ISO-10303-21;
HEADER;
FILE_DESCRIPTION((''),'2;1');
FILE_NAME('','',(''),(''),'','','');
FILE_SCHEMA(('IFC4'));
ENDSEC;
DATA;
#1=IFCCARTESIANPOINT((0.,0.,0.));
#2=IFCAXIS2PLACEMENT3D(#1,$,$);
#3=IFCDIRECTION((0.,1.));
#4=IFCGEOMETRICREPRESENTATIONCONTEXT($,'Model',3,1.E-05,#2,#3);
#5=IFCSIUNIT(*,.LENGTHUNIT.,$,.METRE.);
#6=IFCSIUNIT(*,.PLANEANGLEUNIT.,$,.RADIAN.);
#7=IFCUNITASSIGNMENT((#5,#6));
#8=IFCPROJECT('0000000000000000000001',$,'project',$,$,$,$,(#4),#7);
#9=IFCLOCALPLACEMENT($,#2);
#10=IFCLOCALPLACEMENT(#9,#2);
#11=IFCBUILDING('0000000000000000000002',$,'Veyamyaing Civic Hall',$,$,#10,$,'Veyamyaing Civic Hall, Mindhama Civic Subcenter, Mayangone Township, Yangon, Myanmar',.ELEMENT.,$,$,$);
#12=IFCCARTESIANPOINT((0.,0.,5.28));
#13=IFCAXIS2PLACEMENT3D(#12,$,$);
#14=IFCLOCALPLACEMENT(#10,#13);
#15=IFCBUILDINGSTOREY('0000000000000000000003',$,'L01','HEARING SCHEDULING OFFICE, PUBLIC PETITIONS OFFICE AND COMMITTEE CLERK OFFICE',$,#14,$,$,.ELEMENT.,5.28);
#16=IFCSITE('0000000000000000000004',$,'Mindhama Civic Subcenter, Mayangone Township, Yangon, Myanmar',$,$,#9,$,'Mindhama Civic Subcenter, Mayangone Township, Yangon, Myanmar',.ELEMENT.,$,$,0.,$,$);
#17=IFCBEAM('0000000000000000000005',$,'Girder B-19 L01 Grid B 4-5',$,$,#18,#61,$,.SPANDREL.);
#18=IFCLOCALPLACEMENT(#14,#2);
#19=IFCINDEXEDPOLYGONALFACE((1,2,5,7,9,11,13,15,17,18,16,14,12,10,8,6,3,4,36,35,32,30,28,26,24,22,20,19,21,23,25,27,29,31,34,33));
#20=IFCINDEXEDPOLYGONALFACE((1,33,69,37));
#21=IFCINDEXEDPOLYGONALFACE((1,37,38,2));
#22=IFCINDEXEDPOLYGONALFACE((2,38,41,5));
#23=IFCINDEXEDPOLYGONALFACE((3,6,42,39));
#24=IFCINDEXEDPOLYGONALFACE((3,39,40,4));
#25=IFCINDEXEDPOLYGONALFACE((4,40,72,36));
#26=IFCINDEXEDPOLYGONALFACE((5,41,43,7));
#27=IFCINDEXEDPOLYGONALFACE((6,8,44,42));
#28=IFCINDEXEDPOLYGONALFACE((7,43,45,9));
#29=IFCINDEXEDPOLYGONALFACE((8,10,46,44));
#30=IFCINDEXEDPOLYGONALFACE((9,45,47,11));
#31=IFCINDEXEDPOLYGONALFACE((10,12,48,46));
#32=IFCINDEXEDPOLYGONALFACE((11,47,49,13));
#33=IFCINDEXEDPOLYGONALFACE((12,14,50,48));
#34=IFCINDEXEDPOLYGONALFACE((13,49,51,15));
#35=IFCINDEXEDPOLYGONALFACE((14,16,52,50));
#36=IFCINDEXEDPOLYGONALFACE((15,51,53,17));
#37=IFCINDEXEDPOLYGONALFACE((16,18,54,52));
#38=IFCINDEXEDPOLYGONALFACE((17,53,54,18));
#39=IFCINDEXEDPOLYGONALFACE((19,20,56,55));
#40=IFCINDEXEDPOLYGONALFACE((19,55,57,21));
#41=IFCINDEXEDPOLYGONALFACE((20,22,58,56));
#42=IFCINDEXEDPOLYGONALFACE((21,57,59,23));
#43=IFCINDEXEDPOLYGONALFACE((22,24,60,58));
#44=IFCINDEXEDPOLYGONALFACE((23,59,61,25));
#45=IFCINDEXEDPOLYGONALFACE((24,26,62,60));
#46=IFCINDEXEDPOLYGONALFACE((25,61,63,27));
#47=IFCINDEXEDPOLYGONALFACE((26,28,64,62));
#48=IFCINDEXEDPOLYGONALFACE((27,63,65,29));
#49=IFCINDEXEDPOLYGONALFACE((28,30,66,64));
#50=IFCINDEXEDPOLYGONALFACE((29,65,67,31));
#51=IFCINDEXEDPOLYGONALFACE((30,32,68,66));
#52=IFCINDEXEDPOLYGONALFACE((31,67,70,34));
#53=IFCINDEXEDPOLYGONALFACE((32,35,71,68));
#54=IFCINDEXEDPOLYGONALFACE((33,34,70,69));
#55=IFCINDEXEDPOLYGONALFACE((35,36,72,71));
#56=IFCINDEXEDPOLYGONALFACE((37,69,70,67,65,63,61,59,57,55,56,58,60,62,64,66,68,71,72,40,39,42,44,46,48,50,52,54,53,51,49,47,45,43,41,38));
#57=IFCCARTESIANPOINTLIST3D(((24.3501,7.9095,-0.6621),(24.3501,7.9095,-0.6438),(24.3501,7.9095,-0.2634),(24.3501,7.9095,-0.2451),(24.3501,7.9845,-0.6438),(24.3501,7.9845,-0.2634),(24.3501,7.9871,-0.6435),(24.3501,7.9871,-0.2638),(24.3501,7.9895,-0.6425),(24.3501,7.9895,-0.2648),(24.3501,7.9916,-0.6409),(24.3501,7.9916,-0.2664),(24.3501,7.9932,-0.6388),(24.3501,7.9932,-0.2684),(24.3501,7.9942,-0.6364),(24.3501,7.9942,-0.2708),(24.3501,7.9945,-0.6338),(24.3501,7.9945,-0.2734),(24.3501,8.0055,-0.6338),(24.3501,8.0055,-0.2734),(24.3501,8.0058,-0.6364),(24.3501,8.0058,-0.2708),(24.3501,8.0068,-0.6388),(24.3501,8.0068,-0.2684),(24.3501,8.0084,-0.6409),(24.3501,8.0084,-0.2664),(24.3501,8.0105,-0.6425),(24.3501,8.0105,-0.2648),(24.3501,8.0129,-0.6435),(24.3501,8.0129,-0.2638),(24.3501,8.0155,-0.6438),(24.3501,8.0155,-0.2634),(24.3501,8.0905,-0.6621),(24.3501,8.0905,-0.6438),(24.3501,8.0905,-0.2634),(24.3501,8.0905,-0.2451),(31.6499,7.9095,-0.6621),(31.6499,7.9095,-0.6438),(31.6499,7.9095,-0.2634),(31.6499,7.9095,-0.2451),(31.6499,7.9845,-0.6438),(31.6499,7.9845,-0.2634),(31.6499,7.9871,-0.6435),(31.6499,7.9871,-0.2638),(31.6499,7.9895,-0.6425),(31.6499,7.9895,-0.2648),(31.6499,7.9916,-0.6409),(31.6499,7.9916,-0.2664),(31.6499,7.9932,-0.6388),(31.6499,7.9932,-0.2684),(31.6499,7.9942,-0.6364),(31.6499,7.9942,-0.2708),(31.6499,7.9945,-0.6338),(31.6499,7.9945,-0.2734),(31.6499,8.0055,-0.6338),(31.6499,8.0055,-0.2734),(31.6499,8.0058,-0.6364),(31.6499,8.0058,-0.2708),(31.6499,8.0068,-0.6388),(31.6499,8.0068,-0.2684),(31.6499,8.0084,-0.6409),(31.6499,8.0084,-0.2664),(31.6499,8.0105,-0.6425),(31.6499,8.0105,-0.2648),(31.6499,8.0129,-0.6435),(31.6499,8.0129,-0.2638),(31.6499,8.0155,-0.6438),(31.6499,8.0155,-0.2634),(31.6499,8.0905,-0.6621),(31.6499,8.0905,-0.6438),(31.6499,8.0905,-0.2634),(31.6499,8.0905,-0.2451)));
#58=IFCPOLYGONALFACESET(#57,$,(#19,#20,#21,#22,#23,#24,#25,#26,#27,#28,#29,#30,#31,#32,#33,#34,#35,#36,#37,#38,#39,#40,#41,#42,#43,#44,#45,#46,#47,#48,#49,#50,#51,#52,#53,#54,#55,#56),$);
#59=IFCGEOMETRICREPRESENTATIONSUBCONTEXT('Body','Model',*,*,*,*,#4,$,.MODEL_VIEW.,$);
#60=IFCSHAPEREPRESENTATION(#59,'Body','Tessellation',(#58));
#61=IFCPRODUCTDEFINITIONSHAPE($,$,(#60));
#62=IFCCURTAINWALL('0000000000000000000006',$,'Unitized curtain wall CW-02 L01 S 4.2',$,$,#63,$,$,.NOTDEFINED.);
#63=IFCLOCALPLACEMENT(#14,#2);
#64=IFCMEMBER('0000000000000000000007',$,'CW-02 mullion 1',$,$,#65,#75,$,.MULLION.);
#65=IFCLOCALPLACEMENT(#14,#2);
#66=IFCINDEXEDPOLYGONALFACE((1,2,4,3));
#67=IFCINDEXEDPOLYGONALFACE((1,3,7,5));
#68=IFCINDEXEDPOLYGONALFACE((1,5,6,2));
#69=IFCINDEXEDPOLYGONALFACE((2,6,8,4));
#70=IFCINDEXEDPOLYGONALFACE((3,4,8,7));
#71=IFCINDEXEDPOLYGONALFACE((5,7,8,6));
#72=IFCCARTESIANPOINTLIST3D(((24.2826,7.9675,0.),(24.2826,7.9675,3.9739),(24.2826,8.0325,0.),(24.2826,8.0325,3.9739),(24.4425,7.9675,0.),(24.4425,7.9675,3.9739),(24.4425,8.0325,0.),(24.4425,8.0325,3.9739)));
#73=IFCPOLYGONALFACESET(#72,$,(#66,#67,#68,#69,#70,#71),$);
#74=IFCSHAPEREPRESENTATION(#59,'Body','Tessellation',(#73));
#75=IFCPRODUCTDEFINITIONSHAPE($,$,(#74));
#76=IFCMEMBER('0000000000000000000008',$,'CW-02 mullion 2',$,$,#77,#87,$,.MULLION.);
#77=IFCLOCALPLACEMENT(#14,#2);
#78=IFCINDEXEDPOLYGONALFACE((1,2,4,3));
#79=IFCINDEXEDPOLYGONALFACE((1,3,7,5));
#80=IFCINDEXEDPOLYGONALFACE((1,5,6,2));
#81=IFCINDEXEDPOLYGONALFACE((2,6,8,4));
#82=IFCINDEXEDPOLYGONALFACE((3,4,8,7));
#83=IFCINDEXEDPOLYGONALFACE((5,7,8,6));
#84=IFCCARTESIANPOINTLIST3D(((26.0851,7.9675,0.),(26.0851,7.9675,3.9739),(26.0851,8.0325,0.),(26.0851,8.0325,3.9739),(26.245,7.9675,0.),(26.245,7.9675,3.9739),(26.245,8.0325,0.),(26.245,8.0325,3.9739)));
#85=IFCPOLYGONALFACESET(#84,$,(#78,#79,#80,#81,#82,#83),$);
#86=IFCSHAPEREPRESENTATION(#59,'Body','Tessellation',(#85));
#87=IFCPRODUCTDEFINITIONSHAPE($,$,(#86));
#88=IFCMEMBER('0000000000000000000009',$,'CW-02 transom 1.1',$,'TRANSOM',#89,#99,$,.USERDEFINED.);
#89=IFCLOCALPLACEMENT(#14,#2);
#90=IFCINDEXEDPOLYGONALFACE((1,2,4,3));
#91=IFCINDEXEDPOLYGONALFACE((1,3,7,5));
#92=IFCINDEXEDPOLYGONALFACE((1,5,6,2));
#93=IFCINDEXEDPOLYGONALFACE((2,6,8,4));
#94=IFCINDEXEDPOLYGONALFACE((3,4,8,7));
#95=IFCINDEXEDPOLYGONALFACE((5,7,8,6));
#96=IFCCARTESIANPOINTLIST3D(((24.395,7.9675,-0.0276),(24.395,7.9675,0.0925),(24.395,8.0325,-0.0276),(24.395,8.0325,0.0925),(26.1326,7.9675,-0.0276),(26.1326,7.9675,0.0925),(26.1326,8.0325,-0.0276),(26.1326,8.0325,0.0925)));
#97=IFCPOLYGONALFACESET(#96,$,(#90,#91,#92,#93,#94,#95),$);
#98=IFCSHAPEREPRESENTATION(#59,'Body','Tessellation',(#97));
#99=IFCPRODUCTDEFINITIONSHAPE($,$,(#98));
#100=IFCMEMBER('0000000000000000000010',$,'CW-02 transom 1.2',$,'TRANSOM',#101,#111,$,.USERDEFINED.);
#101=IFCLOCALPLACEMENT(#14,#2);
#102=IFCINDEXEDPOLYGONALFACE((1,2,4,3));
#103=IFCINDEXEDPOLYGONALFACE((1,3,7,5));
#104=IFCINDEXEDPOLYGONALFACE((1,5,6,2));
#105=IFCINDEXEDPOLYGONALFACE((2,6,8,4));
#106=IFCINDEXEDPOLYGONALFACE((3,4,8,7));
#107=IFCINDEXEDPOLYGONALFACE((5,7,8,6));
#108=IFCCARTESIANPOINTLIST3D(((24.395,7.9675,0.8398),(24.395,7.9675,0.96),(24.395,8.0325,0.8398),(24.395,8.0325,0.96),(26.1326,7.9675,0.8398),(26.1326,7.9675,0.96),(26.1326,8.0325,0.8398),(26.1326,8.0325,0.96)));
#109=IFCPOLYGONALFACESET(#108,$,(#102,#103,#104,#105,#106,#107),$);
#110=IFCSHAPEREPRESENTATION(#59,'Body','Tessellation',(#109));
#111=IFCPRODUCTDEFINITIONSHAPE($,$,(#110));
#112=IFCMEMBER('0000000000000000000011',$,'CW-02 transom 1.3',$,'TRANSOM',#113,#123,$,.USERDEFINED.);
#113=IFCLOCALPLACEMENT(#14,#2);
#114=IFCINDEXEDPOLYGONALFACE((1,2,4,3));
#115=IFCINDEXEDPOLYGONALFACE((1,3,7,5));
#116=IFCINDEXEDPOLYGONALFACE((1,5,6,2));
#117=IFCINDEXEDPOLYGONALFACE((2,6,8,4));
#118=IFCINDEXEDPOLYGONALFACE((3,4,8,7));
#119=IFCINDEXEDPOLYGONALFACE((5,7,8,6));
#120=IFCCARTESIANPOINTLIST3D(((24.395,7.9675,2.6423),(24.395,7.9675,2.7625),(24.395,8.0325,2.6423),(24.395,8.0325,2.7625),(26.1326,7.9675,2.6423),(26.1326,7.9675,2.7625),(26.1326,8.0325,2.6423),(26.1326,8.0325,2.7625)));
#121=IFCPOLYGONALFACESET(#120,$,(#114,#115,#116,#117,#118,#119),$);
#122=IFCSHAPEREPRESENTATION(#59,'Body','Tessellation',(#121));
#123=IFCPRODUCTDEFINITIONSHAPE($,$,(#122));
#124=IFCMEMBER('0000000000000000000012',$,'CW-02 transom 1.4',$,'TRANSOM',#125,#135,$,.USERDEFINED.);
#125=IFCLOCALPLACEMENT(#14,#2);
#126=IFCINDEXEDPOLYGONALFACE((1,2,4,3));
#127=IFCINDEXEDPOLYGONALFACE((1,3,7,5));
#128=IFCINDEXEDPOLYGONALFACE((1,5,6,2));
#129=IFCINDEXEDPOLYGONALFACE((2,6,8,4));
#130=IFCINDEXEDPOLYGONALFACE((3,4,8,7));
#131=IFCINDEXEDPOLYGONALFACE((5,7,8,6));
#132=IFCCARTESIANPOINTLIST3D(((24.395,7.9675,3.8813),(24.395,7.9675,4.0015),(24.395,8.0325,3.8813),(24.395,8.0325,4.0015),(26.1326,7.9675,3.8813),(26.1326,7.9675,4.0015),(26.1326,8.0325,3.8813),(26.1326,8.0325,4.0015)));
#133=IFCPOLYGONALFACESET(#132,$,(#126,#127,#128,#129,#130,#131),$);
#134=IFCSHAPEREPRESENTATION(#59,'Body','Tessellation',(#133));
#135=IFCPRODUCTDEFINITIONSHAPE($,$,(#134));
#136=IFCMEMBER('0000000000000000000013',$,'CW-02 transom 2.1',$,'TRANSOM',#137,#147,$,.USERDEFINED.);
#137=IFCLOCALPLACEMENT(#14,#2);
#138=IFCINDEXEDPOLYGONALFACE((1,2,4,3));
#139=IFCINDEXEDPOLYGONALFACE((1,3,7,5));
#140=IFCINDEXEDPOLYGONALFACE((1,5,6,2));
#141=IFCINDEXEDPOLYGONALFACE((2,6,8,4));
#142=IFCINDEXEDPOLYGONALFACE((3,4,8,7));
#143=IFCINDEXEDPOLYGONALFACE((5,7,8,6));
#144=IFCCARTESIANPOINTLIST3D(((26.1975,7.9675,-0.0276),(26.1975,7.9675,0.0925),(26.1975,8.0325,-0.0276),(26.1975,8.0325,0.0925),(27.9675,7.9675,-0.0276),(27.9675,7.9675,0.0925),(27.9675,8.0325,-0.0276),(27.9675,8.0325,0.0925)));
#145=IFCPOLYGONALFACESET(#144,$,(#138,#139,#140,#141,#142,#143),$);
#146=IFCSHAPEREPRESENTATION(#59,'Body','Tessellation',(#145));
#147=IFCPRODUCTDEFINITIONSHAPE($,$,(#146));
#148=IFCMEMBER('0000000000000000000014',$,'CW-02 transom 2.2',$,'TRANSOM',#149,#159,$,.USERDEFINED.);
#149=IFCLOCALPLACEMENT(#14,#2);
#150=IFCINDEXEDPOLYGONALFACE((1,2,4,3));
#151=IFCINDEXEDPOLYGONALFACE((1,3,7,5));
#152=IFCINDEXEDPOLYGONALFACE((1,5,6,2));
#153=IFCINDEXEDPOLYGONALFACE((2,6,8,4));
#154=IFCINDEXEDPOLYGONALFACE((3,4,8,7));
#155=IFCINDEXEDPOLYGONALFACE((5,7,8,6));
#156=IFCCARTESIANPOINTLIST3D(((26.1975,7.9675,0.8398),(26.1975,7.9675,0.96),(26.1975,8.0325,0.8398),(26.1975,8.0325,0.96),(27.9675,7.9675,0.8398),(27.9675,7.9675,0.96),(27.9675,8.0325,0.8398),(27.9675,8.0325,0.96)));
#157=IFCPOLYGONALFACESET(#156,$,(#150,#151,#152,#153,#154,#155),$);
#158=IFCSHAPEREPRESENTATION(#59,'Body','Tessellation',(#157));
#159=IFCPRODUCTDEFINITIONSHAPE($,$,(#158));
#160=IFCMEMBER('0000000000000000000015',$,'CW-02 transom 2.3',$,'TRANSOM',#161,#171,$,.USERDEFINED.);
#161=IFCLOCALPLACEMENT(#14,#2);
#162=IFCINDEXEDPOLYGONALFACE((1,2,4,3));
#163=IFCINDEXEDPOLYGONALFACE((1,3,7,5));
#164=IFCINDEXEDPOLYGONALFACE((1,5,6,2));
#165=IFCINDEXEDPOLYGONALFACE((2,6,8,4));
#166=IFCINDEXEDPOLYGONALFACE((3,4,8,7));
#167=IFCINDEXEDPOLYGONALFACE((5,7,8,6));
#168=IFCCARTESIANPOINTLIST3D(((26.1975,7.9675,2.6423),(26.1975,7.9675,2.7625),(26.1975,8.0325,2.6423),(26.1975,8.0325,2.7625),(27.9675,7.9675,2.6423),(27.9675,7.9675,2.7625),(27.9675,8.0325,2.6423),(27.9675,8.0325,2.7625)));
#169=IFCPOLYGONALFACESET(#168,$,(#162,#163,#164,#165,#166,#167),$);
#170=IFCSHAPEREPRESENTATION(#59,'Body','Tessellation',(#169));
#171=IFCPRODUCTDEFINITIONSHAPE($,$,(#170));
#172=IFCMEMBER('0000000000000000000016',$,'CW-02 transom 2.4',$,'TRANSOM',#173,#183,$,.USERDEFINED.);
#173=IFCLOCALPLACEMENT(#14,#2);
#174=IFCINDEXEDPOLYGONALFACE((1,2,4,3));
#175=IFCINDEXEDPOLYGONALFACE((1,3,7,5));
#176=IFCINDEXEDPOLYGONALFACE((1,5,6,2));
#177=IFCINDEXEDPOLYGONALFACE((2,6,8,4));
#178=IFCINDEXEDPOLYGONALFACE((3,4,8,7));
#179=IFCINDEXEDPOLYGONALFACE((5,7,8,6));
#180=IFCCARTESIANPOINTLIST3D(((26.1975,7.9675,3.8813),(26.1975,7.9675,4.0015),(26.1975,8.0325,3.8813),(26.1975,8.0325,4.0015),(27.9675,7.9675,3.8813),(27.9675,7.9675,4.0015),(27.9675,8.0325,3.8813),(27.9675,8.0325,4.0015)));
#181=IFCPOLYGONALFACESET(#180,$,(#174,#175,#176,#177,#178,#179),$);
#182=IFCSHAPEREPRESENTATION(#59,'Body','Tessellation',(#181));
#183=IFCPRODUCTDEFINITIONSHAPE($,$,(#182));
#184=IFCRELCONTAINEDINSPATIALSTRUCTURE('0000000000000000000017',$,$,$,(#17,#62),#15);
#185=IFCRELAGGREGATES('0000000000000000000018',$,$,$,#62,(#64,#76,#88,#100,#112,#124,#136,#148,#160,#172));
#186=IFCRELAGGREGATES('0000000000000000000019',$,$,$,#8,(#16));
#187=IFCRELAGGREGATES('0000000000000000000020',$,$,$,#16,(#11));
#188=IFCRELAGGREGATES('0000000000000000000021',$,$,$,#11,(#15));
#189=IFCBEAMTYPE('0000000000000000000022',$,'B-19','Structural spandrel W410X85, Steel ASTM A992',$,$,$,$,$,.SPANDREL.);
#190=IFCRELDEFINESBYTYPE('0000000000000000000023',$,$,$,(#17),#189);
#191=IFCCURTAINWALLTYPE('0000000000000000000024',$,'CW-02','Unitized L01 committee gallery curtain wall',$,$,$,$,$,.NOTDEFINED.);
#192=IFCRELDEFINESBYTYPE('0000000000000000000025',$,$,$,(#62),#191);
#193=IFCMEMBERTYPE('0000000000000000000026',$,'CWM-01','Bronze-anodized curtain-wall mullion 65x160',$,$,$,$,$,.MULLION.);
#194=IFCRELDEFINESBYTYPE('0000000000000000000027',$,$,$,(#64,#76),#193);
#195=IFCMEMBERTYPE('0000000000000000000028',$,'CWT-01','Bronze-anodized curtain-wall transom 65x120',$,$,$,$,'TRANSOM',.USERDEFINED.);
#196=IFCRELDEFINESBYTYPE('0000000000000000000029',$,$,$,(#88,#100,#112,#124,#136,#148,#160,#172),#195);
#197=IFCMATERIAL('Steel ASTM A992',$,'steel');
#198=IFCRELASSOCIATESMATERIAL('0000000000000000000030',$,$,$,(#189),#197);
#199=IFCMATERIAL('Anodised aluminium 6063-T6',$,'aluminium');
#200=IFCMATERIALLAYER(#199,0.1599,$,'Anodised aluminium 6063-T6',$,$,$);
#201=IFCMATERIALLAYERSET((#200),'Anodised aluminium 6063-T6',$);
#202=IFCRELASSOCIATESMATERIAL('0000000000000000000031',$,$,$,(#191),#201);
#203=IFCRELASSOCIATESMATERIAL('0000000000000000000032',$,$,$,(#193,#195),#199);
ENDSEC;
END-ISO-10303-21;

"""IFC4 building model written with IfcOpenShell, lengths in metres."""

from ifc_helpers import new_model, si_unit, direction, frame, origin, origin_2d, place, context, subcontext, project, spatial, rectangle, i_section, extrude, material, layer, layer_set, material_profile, profile_set, type_object, element, aggregate, save


model = new_model("IFC4")

# Units and contexts
model_context = context("Model", 3, precision=1e-05, world=origin(), true_north=direction((0.0, 1.0)))
body_context = subcontext(model_context, "Body", "Model", "MODEL_VIEW")
ifc_project = project(units=[si_unit("LENGTHUNIT", "METRE"), si_unit("PLANEANGLEUNIT", "RADIAN")], contexts=[model_context])

# Site, building, storey
site_placement = place(None, origin())
site = spatial("IfcSite", under=ifc_project, at=site_placement, Name="Mindhama Civic Subcenter, Mayangone Township, Yangon, Myanmar", LongName="Mindhama Civic Subcenter, Mayangone Township, Yangon, Myanmar", CompositionType="ELEMENT", RefElevation=0.0)
building_placement = place(site_placement, origin())
building = spatial("IfcBuilding", under=site, at=building_placement, Name="Veyamyaing Civic Hall", LongName="Veyamyaing Civic Hall, Mindhama Civic Subcenter, Mayangone Township, Yangon, Myanmar", CompositionType="ELEMENT")
storey_placement = place(building_placement, frame((0.0, 0.0, 5.28)))
storey = spatial("IfcBuildingStorey", under=building, at=storey_placement, Name="L01", Description="HEARING SCHEDULING OFFICE, PUBLIC PETITIONS OFFICE AND COMMITTEE CLERK OFFICE", CompositionType="ELEMENT", Elevation=5.28)

# Beam
ifc_material_1 = material(Name="Steel ASTM A992", Category="steel")
ifc_material_profile_1 = material_profile(ifc_material_1, i_section(OverallWidth=0.1809, OverallDepth=0.417, WebThickness=0.011, FlangeThickness=0.0183, FilletRadius=0.01, at=origin_2d()), Name="W410X85")
ifc_profile_set_1 = profile_set([ifc_material_profile_1], Name="Steel ASTM A992")
beam_type_1 = type_object("IfcBeamType", Name="B-19", Description="Structural spandrel W410X85, Steel ASTM A992", PredefinedType="SPANDREL", material=ifc_profile_set_1)
beam_placement = place(storey_placement, frame((24.3501, 8.0, -0.4536), z_axis=(1.0, 0.0, 0.0), x_axis=(0.0, 1.0, 0.0)))
element("IfcBeam", 1, at=beam_placement, inside=storey, type_object=beam_type_1, Name="Girder B-19 L01 Grid B 4-5", PredefinedType="SPANDREL", context=body_context, shape_type="SweptSolid", body=[
    extrude(i_section(OverallWidth=0.1809, OverallDepth=0.417, WebThickness=0.011, FlangeThickness=0.0183, FilletRadius=0.01, at=origin_2d()), origin(), (0.0, 0.0, 1.0), 7.2998),
])

# Curtain wall, members
ifc_material_2 = material(Name="Anodised aluminium 6063-T6", Category="aluminium")
ifc_layer_1 = layer(ifc_material_2, 0.1599, Name="Anodised aluminium 6063-T6")
ifc_layer_set_1 = layer_set([ifc_layer_1], Name="Anodised aluminium 6063-T6")
curtain_wall_type = type_object("IfcCurtainWallType", Name="CW-02", Description="Unitized L01 committee gallery curtain wall", PredefinedType="NOTDEFINED", material=ifc_layer_set_1)
curtain_wall_placement = place(storey_placement, origin())
curtain_wall = element("IfcCurtainWall", 2, at=curtain_wall_placement, inside=storey, type_object=curtain_wall_type, Name="Unitized curtain wall CW-02 L01 S 4.2", PredefinedType="NOTDEFINED")
ifc_material_profile_2 = material_profile(ifc_material_2, rectangle(XDim=0.0649, YDim=0.1599, at=origin_2d()), Name="ALU-MUL-65X160")
ifc_profile_set_2 = profile_set([ifc_material_profile_2], Name="Anodised aluminium 6063-T6")
member_type_1 = type_object("IfcMemberType", Name="CWM-01", Description="Bronze-anodized curtain-wall mullion 65x160", PredefinedType="MULLION", material=ifc_profile_set_2)
member_1_placement = place(storey_placement, frame((24.3625, 8.0, 0.0), z_axis=(0.0, 0.0, 1.0), x_axis=(0.0, 1.0, 0.0)))
member_1 = element("IfcMember", 3, at=member_1_placement, type_object=member_type_1, Name="CW-02 mullion 1", PredefinedType="MULLION", context=body_context, shape_type="SweptSolid", body=[
    extrude(rectangle(XDim=0.0649, YDim=0.1599, at=origin_2d()), origin(), (0.0, 0.0, 1.0), 3.9739),
])
member_2_placement = place(storey_placement, frame((26.165, 8.0, 0.0), z_axis=(0.0, 0.0, 1.0), x_axis=(0.0, 1.0, 0.0)))
member_2 = element("IfcMember", 4, at=member_2_placement, type_object=member_type_1, Name="CW-02 mullion 2", PredefinedType="MULLION", context=body_context, shape_type="SweptSolid", body=[
    extrude(rectangle(XDim=0.0649, YDim=0.1599, at=origin_2d()), origin(), (0.0, 0.0, 1.0), 3.9739),
])
ifc_material_profile_3 = material_profile(ifc_material_2, rectangle(XDim=0.0649, YDim=0.1201, at=origin_2d()), Name="ALU-TRN-65X120")
ifc_profile_set_3 = profile_set([ifc_material_profile_3], Name="Anodised aluminium 6063-T6")
member_type_2 = type_object("IfcMemberType", Name="CWT-01", Description="Bronze-anodized curtain-wall transom 65x120", ElementType="TRANSOM", PredefinedType="USERDEFINED", material=ifc_profile_set_3)
member_3_placement = place(storey_placement, frame((24.395, 8.0, 0.0325), z_axis=(1.0, 0.0, 0.0), x_axis=(0.0, 1.0, 0.0)))
member_3 = element("IfcMember", 5, at=member_3_placement, type_object=member_type_2, Name="CW-02 transom 1.1", ObjectType="TRANSOM", PredefinedType="USERDEFINED", context=body_context, shape_type="SweptSolid", body=[
    extrude(rectangle(XDim=0.0649, YDim=0.1201, at=origin_2d()), origin(), (0.0, 0.0, 1.0), 1.7375),
])
member_4_placement = place(storey_placement, frame((24.395, 8.0, 0.8999), z_axis=(1.0, 0.0, 0.0), x_axis=(0.0, 1.0, 0.0)))
member_4 = element("IfcMember", 6, at=member_4_placement, type_object=member_type_2, Name="CW-02 transom 1.2", ObjectType="TRANSOM", PredefinedType="USERDEFINED", context=body_context, shape_type="SweptSolid", body=[
    extrude(rectangle(XDim=0.0649, YDim=0.1201, at=origin_2d()), origin(), (0.0, 0.0, 1.0), 1.7375),
])
member_5_placement = place(storey_placement, frame((24.395, 8.0, 2.7024), z_axis=(1.0, 0.0, 0.0), x_axis=(0.0, 1.0, 0.0)))
member_5 = element("IfcMember", 7, at=member_5_placement, type_object=member_type_2, Name="CW-02 transom 1.3", ObjectType="TRANSOM", PredefinedType="USERDEFINED", context=body_context, shape_type="SweptSolid", body=[
    extrude(rectangle(XDim=0.0649, YDim=0.1201, at=origin_2d()), origin(), (0.0, 0.0, 1.0), 1.7375),
])
member_6_placement = place(storey_placement, frame((24.395, 8.0, 3.9414), z_axis=(1.0, 0.0, 0.0), x_axis=(0.0, 1.0, 0.0)))
member_6 = element("IfcMember", 8, at=member_6_placement, type_object=member_type_2, Name="CW-02 transom 1.4", ObjectType="TRANSOM", PredefinedType="USERDEFINED", context=body_context, shape_type="SweptSolid", body=[
    extrude(rectangle(XDim=0.0649, YDim=0.1201, at=origin_2d()), origin(), (0.0, 0.0, 1.0), 1.7375),
])
member_7_placement = place(storey_placement, frame((26.1975, 8.0, 0.0325), z_axis=(1.0, 0.0, 0.0), x_axis=(0.0, 1.0, 0.0)))
member_7 = element("IfcMember", 9, at=member_7_placement, type_object=member_type_2, Name="CW-02 transom 2.1", ObjectType="TRANSOM", PredefinedType="USERDEFINED", context=body_context, shape_type="SweptSolid", body=[
    extrude(rectangle(XDim=0.0649, YDim=0.1201, at=origin_2d()), origin(), (0.0, 0.0, 1.0), 1.77),
])
member_8_placement = place(storey_placement, frame((26.1975, 8.0, 0.8999), z_axis=(1.0, 0.0, 0.0), x_axis=(0.0, 1.0, 0.0)))
member_8 = element("IfcMember", 10, at=member_8_placement, type_object=member_type_2, Name="CW-02 transom 2.2", ObjectType="TRANSOM", PredefinedType="USERDEFINED", context=body_context, shape_type="SweptSolid", body=[
    extrude(rectangle(XDim=0.0649, YDim=0.1201, at=origin_2d()), origin(), (0.0, 0.0, 1.0), 1.77),
])
member_9_placement = place(storey_placement, frame((26.1975, 8.0, 2.7024), z_axis=(1.0, 0.0, 0.0), x_axis=(0.0, 1.0, 0.0)))
member_9 = element("IfcMember", 11, at=member_9_placement, type_object=member_type_2, Name="CW-02 transom 2.3", ObjectType="TRANSOM", PredefinedType="USERDEFINED", context=body_context, shape_type="SweptSolid", body=[
    extrude(rectangle(XDim=0.0649, YDim=0.1201, at=origin_2d()), origin(), (0.0, 0.0, 1.0), 1.77),
])
member_10_placement = place(storey_placement, frame((26.1975, 8.0, 3.9414), z_axis=(1.0, 0.0, 0.0), x_axis=(0.0, 1.0, 0.0)))
member_10 = element("IfcMember", 12, at=member_10_placement, type_object=member_type_2, Name="CW-02 transom 2.4", ObjectType="TRANSOM", PredefinedType="USERDEFINED", context=body_context, shape_type="SweptSolid", body=[
    extrude(rectangle(XDim=0.0649, YDim=0.1201, at=origin_2d()), origin(), (0.0, 0.0, 1.0), 1.77),
])

aggregate(curtain_wall, [member_1, member_2, member_3, member_4, member_5, member_6, member_7, member_8, member_9, member_10])

save(model, "model.ifc")
